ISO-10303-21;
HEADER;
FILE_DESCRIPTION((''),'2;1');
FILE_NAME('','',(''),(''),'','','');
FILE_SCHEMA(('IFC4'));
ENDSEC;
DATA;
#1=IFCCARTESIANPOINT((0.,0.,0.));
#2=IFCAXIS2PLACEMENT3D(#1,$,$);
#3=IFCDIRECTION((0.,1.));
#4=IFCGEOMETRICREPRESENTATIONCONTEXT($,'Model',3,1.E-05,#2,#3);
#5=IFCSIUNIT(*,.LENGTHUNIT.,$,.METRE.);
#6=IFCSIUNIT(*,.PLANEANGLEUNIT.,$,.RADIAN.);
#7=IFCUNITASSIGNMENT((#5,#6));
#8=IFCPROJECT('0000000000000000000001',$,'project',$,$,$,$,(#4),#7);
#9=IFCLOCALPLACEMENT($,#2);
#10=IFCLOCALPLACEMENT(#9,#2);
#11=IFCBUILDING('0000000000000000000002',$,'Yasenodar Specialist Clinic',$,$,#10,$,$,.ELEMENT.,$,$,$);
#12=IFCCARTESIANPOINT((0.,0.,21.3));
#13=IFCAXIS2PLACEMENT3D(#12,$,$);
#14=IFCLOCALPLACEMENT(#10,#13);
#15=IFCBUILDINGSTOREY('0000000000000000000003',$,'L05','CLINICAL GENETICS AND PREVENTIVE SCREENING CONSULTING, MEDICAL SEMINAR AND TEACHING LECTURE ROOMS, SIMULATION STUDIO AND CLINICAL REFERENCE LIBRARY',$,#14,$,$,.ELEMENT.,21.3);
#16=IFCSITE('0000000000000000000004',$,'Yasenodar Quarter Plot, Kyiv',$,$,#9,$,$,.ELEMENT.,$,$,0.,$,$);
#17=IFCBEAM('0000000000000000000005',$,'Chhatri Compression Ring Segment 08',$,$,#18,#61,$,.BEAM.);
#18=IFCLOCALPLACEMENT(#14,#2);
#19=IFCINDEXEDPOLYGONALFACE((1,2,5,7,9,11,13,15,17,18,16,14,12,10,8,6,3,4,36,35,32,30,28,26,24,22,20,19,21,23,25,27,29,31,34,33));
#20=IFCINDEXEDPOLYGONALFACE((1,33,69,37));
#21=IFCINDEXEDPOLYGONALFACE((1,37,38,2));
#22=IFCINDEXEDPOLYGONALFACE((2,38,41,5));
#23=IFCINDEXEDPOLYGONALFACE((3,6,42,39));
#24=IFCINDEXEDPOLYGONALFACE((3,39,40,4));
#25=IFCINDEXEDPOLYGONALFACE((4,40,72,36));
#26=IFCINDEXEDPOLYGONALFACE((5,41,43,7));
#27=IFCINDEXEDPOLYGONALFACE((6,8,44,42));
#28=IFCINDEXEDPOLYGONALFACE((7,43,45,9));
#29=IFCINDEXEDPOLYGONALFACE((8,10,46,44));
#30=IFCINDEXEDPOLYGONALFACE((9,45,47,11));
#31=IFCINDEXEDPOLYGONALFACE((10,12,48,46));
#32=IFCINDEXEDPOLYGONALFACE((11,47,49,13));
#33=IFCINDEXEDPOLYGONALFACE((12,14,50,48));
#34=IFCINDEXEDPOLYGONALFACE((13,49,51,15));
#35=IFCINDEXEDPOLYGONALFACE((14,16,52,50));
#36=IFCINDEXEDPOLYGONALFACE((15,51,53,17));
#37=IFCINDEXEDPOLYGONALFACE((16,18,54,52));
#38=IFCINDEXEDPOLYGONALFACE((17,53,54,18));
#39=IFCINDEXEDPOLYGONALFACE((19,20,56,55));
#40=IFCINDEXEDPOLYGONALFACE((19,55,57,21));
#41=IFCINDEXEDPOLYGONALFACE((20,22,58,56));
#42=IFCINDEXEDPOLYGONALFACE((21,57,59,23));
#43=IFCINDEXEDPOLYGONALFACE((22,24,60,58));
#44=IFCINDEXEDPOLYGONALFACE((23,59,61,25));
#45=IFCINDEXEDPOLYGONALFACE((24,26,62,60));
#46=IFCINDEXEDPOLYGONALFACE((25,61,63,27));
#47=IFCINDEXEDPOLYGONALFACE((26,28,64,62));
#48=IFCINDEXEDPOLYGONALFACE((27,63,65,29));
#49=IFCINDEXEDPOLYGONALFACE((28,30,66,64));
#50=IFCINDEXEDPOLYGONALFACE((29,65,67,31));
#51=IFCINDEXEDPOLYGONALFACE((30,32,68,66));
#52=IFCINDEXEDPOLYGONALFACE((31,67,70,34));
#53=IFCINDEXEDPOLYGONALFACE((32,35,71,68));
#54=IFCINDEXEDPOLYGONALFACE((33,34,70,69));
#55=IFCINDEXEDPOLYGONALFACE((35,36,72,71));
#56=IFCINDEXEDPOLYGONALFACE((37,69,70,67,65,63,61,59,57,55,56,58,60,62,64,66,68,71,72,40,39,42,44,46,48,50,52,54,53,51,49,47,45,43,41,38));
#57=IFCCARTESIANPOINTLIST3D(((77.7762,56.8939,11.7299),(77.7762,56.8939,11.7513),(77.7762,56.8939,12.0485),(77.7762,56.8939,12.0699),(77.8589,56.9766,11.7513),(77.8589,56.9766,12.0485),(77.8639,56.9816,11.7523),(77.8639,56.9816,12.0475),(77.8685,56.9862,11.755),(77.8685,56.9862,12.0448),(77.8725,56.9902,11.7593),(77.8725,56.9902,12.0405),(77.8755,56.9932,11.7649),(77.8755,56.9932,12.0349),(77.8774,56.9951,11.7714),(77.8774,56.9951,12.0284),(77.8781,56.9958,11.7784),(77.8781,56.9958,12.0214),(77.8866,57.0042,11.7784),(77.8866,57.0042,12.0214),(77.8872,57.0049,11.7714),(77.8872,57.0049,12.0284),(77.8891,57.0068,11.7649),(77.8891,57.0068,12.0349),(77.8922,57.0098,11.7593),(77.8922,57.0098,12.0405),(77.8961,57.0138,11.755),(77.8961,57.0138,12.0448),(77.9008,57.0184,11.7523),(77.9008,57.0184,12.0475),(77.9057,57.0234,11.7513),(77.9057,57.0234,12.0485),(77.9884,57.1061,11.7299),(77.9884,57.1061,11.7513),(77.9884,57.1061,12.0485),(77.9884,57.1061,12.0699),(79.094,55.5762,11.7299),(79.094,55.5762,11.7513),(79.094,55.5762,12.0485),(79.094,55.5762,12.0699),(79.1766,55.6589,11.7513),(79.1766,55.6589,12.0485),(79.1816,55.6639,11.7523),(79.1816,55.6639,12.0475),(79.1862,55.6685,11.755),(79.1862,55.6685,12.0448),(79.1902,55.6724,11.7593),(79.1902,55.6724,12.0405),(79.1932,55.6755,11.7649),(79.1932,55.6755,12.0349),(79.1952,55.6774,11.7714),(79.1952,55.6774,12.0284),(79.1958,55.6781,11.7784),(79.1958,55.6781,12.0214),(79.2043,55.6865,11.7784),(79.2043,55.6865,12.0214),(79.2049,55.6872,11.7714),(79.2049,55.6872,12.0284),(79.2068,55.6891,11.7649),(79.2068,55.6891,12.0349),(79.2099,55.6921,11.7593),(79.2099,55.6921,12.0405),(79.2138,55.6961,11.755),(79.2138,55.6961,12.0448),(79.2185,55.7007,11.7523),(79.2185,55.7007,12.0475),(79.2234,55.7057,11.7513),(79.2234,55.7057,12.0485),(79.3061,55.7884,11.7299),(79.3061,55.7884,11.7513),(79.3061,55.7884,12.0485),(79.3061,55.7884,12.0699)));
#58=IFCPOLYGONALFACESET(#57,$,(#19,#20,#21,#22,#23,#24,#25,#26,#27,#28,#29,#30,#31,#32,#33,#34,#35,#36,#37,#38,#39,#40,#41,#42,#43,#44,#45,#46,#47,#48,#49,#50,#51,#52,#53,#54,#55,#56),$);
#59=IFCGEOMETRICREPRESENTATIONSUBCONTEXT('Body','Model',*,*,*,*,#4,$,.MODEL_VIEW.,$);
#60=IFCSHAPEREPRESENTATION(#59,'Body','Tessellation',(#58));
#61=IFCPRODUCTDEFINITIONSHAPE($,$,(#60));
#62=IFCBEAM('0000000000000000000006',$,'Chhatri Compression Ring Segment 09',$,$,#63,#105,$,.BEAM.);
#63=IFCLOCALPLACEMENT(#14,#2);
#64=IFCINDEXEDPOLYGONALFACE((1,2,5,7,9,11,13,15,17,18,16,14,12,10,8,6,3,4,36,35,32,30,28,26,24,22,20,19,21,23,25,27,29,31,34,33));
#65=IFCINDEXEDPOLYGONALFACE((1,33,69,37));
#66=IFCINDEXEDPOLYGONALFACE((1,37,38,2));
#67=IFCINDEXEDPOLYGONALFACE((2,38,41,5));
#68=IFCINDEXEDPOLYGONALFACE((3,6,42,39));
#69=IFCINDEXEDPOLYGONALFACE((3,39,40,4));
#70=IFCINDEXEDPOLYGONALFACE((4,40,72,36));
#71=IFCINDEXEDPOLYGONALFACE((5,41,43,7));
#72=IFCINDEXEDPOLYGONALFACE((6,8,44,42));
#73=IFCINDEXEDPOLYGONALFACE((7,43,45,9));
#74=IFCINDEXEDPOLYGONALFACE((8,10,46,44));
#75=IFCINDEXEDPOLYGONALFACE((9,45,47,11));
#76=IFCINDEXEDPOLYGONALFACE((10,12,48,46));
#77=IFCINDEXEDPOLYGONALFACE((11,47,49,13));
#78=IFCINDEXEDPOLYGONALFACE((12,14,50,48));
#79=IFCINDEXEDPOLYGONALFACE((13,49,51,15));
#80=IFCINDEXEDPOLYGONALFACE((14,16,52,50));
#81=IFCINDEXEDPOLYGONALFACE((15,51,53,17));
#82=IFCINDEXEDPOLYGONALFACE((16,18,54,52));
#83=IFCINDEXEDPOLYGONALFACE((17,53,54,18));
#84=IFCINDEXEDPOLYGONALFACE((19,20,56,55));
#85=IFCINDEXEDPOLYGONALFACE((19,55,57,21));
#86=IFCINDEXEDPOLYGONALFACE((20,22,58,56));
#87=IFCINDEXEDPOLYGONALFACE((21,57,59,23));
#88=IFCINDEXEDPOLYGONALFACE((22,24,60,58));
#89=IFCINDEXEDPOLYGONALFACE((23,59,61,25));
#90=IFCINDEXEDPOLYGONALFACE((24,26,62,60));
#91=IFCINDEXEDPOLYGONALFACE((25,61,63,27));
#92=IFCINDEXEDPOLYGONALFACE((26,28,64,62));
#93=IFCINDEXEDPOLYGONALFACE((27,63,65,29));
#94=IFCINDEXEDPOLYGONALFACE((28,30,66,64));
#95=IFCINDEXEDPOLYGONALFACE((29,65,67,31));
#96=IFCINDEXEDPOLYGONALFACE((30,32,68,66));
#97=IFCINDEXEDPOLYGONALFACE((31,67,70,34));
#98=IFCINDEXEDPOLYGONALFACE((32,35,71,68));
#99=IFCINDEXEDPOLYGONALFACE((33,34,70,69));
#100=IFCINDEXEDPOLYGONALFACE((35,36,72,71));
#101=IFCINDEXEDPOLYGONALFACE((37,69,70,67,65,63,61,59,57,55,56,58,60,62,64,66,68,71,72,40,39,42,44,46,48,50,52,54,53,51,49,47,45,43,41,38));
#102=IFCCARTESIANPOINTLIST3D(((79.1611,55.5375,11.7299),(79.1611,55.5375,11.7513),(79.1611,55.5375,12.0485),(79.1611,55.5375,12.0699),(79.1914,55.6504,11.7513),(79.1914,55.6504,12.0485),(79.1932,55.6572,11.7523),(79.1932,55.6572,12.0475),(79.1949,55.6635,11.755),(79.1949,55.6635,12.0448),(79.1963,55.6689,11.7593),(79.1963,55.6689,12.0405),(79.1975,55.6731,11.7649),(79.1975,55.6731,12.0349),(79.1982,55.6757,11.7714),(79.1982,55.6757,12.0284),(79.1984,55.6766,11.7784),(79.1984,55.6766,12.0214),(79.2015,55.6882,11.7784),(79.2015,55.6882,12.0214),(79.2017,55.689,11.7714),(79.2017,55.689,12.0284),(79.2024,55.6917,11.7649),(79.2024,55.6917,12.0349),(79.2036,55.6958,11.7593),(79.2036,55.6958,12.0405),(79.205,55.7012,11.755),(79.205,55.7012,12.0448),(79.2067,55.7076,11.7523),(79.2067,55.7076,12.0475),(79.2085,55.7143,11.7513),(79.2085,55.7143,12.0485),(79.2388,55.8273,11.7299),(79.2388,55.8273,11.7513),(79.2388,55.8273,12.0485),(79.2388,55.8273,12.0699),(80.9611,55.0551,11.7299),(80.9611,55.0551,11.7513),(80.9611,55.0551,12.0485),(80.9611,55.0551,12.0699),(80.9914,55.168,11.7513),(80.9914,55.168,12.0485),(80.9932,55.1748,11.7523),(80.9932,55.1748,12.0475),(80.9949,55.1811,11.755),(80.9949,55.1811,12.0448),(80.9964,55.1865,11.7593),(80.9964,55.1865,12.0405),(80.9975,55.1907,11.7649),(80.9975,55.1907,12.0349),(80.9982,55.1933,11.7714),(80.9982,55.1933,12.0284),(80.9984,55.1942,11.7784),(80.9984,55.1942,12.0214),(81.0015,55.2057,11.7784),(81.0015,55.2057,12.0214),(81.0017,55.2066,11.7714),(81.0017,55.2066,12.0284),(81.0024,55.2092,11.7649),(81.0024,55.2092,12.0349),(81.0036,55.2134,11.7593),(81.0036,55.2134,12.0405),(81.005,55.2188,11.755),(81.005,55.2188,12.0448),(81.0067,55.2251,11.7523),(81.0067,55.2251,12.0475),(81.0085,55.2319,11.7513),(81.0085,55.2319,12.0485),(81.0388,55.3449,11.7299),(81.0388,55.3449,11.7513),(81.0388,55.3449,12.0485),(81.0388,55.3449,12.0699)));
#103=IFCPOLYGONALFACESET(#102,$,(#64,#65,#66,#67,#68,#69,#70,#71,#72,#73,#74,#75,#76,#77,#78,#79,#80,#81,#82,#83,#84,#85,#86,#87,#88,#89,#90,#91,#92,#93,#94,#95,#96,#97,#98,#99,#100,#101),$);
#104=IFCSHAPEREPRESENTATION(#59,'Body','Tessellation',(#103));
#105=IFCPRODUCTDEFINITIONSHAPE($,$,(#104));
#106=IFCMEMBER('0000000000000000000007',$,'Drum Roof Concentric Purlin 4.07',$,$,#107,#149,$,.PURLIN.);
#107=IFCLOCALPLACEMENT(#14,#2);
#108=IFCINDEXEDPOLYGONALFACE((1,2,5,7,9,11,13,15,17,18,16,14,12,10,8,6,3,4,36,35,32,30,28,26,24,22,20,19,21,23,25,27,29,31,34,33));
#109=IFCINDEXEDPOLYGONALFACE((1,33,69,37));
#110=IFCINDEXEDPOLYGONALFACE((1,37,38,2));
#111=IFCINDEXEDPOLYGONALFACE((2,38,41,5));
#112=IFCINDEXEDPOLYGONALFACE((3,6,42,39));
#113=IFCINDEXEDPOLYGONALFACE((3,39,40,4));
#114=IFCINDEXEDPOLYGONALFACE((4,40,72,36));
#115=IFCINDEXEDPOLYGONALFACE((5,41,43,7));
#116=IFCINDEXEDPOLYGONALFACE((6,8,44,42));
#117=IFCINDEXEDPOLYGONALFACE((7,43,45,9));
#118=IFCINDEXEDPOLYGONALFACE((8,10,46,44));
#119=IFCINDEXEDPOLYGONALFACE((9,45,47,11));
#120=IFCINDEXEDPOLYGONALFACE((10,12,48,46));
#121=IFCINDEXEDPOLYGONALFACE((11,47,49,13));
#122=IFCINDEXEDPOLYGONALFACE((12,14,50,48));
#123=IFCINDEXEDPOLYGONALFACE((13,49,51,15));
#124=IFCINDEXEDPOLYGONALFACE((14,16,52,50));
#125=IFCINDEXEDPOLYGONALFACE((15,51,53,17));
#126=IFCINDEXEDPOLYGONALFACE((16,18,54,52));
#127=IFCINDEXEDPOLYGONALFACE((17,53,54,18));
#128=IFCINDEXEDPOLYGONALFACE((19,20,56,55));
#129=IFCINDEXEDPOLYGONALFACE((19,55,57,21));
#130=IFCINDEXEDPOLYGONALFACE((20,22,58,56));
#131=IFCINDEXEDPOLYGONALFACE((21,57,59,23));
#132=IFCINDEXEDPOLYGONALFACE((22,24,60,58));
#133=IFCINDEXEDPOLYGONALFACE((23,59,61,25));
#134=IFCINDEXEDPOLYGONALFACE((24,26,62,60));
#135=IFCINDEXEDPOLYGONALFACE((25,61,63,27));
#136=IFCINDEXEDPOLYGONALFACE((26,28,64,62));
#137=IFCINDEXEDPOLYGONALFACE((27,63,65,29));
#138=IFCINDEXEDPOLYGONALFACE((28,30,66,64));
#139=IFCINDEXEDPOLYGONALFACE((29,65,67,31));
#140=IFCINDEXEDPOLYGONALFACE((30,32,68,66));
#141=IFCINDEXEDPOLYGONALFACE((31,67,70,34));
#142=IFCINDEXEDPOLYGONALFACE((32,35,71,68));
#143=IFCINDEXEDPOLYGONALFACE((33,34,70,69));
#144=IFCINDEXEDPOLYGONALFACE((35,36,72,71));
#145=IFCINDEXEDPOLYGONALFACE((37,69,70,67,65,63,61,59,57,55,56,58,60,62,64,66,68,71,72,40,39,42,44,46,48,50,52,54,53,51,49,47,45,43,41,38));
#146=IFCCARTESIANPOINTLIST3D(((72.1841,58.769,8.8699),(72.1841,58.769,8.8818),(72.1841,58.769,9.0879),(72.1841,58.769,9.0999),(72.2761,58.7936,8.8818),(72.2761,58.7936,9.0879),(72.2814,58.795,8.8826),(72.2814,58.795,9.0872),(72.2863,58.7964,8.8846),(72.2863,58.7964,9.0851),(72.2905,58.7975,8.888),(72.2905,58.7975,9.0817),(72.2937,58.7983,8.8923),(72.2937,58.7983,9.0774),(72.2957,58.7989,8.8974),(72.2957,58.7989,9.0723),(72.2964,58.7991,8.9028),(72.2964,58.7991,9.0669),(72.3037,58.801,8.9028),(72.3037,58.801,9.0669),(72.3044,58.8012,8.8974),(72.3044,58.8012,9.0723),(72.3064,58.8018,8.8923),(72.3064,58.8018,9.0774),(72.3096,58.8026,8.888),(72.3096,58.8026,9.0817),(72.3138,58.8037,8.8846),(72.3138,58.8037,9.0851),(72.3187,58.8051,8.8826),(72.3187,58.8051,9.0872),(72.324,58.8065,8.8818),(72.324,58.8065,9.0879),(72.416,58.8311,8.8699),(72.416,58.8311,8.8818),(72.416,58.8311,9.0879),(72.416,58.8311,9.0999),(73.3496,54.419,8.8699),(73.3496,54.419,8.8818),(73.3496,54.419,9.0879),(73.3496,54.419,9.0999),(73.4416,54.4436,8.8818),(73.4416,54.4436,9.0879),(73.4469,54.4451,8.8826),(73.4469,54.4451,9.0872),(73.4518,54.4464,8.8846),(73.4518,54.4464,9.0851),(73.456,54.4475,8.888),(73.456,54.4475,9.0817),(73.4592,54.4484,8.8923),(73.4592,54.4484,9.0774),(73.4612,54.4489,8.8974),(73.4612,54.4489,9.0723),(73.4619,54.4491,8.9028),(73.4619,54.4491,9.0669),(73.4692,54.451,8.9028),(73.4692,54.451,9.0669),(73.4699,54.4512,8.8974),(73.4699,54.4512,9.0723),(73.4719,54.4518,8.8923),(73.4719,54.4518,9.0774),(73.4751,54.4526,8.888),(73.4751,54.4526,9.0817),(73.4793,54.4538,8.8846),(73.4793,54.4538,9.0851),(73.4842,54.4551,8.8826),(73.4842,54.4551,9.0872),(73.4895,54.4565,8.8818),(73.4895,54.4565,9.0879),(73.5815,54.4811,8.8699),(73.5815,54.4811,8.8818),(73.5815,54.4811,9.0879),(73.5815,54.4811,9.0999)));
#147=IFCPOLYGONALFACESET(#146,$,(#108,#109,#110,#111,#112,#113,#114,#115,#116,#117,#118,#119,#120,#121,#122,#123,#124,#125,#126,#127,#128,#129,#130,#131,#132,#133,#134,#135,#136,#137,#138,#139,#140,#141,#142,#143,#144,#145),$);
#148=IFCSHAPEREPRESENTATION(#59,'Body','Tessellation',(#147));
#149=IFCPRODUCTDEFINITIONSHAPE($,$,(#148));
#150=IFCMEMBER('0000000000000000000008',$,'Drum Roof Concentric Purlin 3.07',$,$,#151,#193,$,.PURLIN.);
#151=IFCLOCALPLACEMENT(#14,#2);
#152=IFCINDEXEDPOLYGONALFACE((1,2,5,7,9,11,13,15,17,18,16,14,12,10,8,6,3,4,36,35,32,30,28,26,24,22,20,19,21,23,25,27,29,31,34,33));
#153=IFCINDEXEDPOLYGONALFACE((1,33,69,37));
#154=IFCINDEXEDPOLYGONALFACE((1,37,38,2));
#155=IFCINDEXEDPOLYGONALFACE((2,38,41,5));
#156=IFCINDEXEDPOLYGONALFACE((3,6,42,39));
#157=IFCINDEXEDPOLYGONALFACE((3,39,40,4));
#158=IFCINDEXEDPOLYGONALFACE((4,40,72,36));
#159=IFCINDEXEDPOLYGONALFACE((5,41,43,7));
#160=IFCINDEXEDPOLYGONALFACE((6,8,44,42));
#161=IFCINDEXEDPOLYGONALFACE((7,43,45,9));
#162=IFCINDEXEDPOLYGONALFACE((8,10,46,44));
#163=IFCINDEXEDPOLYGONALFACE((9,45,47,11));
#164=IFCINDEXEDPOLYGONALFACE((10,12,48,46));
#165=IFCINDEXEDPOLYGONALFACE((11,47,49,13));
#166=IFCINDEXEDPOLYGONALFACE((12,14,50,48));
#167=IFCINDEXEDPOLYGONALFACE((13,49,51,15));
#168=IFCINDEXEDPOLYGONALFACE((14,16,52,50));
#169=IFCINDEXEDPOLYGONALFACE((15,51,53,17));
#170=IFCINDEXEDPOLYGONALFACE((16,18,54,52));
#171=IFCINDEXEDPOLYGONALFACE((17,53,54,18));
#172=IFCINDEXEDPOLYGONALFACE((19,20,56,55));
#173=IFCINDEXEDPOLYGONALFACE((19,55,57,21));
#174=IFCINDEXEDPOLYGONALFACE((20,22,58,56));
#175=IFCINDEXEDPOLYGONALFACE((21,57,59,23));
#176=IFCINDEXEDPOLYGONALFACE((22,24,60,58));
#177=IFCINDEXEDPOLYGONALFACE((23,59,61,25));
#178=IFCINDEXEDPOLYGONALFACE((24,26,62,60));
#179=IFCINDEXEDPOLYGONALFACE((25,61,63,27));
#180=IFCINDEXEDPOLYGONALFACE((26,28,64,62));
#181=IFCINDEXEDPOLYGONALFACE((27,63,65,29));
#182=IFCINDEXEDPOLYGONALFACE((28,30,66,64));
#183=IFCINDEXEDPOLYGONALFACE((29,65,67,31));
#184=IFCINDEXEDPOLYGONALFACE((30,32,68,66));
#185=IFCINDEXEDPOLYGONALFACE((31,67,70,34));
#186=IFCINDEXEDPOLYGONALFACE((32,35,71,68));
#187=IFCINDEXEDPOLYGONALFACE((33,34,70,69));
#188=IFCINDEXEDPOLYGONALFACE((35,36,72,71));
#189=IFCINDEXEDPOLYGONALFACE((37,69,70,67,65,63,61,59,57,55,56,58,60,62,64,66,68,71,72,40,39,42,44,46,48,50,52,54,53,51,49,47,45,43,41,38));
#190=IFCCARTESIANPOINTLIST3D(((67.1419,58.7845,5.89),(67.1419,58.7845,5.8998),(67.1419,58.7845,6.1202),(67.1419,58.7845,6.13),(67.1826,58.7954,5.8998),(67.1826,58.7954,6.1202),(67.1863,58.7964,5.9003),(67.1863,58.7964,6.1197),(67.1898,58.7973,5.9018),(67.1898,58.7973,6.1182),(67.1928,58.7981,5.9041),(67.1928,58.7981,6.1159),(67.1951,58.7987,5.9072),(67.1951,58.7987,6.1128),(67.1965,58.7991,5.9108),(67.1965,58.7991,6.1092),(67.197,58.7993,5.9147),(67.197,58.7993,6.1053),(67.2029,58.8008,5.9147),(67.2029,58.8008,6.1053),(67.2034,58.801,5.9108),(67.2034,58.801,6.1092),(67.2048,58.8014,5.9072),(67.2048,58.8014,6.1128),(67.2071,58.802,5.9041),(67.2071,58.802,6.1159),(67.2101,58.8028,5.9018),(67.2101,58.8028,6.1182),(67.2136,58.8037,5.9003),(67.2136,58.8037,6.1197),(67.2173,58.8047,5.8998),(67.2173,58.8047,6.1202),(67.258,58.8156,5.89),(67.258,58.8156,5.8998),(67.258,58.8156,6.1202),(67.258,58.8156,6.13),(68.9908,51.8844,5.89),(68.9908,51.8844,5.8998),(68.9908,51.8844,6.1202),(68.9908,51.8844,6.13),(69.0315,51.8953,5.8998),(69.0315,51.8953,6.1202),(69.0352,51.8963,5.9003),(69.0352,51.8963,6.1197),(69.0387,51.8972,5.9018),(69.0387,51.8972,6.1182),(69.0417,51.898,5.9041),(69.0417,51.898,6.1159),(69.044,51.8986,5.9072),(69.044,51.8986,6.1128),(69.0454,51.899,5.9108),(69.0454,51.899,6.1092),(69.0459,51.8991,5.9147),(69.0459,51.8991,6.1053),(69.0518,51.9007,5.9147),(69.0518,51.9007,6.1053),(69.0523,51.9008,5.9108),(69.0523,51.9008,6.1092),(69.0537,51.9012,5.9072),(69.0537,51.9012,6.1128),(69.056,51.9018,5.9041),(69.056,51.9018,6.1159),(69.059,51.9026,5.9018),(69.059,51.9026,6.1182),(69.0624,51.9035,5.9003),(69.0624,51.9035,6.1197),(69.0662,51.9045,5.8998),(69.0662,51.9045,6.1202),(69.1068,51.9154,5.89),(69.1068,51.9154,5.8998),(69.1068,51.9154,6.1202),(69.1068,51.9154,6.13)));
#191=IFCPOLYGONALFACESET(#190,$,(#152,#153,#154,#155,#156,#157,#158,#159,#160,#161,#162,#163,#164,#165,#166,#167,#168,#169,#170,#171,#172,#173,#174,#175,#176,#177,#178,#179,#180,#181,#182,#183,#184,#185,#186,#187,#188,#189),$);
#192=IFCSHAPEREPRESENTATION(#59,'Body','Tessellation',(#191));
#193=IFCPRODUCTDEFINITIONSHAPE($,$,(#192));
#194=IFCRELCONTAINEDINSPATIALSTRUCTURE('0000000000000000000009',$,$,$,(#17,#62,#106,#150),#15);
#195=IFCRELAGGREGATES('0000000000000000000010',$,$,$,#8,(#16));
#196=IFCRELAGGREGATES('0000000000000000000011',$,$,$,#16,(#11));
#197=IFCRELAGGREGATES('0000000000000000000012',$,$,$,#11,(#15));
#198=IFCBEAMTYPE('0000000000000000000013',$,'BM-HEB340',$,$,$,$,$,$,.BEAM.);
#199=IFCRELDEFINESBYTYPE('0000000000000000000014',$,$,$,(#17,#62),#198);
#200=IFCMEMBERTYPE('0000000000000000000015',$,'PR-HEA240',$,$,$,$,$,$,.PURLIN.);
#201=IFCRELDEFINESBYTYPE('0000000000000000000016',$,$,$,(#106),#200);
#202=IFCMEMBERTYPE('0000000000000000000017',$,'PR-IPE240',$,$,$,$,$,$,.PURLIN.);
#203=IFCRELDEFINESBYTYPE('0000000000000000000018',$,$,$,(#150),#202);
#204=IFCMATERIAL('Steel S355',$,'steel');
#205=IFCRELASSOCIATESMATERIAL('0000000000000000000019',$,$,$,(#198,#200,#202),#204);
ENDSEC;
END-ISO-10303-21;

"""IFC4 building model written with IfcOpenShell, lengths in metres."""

from ifc_helpers import new_model, si_unit, direction, frame, origin, origin_2d, place, context, subcontext, project, spatial, i_section, extrude, material, material_profile, profile_set, type_object, element, save


model = new_model("IFC4")

# Units and contexts
model_context = context("Model", 3, precision=1e-05, world=origin(), true_north=direction((0.0, 1.0)))
body_context = subcontext(model_context, "Body", "Model", "MODEL_VIEW")
ifc_project = project(units=[si_unit("LENGTHUNIT", "METRE"), si_unit("PLANEANGLEUNIT", "RADIAN")], contexts=[model_context])

# Site, building, storey
site_placement = place(None, origin())
site = spatial("IfcSite", under=ifc_project, at=site_placement, Name="Yasenodar Quarter Plot, Kyiv", CompositionType="ELEMENT", RefElevation=0.0)
building_placement = place(site_placement, origin())
building = spatial("IfcBuilding", under=site, at=building_placement, Name="Yasenodar Specialist Clinic", CompositionType="ELEMENT")
storey_placement = place(building_placement, frame((0.0, 0.0, 21.3)))
storey = spatial("IfcBuildingStorey", under=building, at=storey_placement, Name="L05", Description="CLINICAL GENETICS AND PREVENTIVE SCREENING CONSULTING, MEDICAL SEMINAR AND TEACHING LECTURE ROOMS, SIMULATION STUDIO AND CLINICAL REFERENCE LIBRARY", CompositionType="ELEMENT", Elevation=21.3)

# Beams
ifc_material = material(Name="Steel S355", Category="steel")
ifc_material_profile_1 = material_profile(ifc_material, i_section(OverallWidth=0.3, OverallDepth=0.3401, WebThickness=0.012, FlangeThickness=0.0215, FilletRadius=0.0271, at=origin_2d()), Name="HEB 340")
ifc_profile_set_1 = profile_set([ifc_material_profile_1], Name="Steel S355")
beam_type_1 = type_object("IfcBeamType", Name="BM-HEB340", PredefinedType="BEAM", material=ifc_profile_set_1)
for number, where, z_axis, x_axis, name in (
    (1, (77.8823, 57.0, 11.8999), (0.707107, -0.707107, 0.0), (0.707107, 0.707107, 0.0), "Chhatri Compression Ring Segment 08"),
    (2, (79.2, 55.6824, 11.8999), (0.965912, -0.258869, 0.0), (0.258869, 0.965912, 0.0), "Chhatri Compression Ring Segment 09"),
):
    element("IfcBeam", number, at=place(storey_placement, frame(where, z_axis=z_axis, x_axis=x_axis)), inside=storey, type_object=beam_type_1, Name=name, PredefinedType="BEAM", context=body_context, shape_type="SweptSolid", body=[
        extrude(i_section(OverallWidth=0.3, OverallDepth=0.3401, WebThickness=0.012, FlangeThickness=0.0215, FilletRadius=0.0271, at=origin_2d()), origin(), (0.0, 0.0, 1.0), 1.8635),
    ])

# Members
ifc_material_profile_2 = material_profile(ifc_material, i_section(OverallWidth=0.24, OverallDepth=0.23, WebThickness=0.0076, FlangeThickness=0.012, FilletRadius=0.021, at=origin_2d()), Name="HEA 240")
ifc_profile_set_2 = profile_set([ifc_material_profile_2], Name="Steel S355")
member_type_1 = type_object("IfcMemberType", Name="PR-HEA240", PredefinedType="PURLIN", material=ifc_profile_set_2)
member_1_placement = place(storey_placement, frame((72.3, 58.8, 8.9849), z_axis=(0.258803, -0.96593, 0.0), x_axis=(0.96593, 0.258803, 0.0)))
element("IfcMember", 3, at=member_1_placement, inside=storey, type_object=member_type_1, Name="Drum Roof Concentric Purlin 4.07", PredefinedType="PURLIN", context=body_context, shape_type="SweptSolid", body=[
    extrude(i_section(OverallWidth=0.24, OverallDepth=0.23, WebThickness=0.0076, FlangeThickness=0.012, FilletRadius=0.021, at=origin_2d()), origin(), (0.0, 0.0, 1.0), 4.5034),
])
ifc_material_profile_3 = material_profile(ifc_material, i_section(OverallWidth=0.1201, OverallDepth=0.24, WebThickness=0.0061, FlangeThickness=0.0098, FilletRadius=0.0149, at=origin_2d()), Name="IPE 240")
ifc_profile_set_3 = profile_set([ifc_material_profile_3], Name="Steel S355")
member_type_2 = type_object("IfcMemberType", Name="PR-IPE240", PredefinedType="PURLIN", material=ifc_profile_set_3)
member_2_placement = place(storey_placement, frame((67.2, 58.8, 6.01), z_axis=(0.258818, -0.965926, 0.0), x_axis=(0.965926, 0.258818, 0.0)))
element("IfcMember", 4, at=member_2_placement, inside=storey, type_object=member_type_2, Name="Drum Roof Concentric Purlin 3.07", PredefinedType="PURLIN", context=body_context, shape_type="SweptSolid", body=[
    extrude(i_section(OverallWidth=0.1201, OverallDepth=0.24, WebThickness=0.0061, FlangeThickness=0.0098, FilletRadius=0.0149, at=origin_2d()), origin(), (0.0, 0.0, 1.0), 7.1436),
])

save(model, "model.ifc")
